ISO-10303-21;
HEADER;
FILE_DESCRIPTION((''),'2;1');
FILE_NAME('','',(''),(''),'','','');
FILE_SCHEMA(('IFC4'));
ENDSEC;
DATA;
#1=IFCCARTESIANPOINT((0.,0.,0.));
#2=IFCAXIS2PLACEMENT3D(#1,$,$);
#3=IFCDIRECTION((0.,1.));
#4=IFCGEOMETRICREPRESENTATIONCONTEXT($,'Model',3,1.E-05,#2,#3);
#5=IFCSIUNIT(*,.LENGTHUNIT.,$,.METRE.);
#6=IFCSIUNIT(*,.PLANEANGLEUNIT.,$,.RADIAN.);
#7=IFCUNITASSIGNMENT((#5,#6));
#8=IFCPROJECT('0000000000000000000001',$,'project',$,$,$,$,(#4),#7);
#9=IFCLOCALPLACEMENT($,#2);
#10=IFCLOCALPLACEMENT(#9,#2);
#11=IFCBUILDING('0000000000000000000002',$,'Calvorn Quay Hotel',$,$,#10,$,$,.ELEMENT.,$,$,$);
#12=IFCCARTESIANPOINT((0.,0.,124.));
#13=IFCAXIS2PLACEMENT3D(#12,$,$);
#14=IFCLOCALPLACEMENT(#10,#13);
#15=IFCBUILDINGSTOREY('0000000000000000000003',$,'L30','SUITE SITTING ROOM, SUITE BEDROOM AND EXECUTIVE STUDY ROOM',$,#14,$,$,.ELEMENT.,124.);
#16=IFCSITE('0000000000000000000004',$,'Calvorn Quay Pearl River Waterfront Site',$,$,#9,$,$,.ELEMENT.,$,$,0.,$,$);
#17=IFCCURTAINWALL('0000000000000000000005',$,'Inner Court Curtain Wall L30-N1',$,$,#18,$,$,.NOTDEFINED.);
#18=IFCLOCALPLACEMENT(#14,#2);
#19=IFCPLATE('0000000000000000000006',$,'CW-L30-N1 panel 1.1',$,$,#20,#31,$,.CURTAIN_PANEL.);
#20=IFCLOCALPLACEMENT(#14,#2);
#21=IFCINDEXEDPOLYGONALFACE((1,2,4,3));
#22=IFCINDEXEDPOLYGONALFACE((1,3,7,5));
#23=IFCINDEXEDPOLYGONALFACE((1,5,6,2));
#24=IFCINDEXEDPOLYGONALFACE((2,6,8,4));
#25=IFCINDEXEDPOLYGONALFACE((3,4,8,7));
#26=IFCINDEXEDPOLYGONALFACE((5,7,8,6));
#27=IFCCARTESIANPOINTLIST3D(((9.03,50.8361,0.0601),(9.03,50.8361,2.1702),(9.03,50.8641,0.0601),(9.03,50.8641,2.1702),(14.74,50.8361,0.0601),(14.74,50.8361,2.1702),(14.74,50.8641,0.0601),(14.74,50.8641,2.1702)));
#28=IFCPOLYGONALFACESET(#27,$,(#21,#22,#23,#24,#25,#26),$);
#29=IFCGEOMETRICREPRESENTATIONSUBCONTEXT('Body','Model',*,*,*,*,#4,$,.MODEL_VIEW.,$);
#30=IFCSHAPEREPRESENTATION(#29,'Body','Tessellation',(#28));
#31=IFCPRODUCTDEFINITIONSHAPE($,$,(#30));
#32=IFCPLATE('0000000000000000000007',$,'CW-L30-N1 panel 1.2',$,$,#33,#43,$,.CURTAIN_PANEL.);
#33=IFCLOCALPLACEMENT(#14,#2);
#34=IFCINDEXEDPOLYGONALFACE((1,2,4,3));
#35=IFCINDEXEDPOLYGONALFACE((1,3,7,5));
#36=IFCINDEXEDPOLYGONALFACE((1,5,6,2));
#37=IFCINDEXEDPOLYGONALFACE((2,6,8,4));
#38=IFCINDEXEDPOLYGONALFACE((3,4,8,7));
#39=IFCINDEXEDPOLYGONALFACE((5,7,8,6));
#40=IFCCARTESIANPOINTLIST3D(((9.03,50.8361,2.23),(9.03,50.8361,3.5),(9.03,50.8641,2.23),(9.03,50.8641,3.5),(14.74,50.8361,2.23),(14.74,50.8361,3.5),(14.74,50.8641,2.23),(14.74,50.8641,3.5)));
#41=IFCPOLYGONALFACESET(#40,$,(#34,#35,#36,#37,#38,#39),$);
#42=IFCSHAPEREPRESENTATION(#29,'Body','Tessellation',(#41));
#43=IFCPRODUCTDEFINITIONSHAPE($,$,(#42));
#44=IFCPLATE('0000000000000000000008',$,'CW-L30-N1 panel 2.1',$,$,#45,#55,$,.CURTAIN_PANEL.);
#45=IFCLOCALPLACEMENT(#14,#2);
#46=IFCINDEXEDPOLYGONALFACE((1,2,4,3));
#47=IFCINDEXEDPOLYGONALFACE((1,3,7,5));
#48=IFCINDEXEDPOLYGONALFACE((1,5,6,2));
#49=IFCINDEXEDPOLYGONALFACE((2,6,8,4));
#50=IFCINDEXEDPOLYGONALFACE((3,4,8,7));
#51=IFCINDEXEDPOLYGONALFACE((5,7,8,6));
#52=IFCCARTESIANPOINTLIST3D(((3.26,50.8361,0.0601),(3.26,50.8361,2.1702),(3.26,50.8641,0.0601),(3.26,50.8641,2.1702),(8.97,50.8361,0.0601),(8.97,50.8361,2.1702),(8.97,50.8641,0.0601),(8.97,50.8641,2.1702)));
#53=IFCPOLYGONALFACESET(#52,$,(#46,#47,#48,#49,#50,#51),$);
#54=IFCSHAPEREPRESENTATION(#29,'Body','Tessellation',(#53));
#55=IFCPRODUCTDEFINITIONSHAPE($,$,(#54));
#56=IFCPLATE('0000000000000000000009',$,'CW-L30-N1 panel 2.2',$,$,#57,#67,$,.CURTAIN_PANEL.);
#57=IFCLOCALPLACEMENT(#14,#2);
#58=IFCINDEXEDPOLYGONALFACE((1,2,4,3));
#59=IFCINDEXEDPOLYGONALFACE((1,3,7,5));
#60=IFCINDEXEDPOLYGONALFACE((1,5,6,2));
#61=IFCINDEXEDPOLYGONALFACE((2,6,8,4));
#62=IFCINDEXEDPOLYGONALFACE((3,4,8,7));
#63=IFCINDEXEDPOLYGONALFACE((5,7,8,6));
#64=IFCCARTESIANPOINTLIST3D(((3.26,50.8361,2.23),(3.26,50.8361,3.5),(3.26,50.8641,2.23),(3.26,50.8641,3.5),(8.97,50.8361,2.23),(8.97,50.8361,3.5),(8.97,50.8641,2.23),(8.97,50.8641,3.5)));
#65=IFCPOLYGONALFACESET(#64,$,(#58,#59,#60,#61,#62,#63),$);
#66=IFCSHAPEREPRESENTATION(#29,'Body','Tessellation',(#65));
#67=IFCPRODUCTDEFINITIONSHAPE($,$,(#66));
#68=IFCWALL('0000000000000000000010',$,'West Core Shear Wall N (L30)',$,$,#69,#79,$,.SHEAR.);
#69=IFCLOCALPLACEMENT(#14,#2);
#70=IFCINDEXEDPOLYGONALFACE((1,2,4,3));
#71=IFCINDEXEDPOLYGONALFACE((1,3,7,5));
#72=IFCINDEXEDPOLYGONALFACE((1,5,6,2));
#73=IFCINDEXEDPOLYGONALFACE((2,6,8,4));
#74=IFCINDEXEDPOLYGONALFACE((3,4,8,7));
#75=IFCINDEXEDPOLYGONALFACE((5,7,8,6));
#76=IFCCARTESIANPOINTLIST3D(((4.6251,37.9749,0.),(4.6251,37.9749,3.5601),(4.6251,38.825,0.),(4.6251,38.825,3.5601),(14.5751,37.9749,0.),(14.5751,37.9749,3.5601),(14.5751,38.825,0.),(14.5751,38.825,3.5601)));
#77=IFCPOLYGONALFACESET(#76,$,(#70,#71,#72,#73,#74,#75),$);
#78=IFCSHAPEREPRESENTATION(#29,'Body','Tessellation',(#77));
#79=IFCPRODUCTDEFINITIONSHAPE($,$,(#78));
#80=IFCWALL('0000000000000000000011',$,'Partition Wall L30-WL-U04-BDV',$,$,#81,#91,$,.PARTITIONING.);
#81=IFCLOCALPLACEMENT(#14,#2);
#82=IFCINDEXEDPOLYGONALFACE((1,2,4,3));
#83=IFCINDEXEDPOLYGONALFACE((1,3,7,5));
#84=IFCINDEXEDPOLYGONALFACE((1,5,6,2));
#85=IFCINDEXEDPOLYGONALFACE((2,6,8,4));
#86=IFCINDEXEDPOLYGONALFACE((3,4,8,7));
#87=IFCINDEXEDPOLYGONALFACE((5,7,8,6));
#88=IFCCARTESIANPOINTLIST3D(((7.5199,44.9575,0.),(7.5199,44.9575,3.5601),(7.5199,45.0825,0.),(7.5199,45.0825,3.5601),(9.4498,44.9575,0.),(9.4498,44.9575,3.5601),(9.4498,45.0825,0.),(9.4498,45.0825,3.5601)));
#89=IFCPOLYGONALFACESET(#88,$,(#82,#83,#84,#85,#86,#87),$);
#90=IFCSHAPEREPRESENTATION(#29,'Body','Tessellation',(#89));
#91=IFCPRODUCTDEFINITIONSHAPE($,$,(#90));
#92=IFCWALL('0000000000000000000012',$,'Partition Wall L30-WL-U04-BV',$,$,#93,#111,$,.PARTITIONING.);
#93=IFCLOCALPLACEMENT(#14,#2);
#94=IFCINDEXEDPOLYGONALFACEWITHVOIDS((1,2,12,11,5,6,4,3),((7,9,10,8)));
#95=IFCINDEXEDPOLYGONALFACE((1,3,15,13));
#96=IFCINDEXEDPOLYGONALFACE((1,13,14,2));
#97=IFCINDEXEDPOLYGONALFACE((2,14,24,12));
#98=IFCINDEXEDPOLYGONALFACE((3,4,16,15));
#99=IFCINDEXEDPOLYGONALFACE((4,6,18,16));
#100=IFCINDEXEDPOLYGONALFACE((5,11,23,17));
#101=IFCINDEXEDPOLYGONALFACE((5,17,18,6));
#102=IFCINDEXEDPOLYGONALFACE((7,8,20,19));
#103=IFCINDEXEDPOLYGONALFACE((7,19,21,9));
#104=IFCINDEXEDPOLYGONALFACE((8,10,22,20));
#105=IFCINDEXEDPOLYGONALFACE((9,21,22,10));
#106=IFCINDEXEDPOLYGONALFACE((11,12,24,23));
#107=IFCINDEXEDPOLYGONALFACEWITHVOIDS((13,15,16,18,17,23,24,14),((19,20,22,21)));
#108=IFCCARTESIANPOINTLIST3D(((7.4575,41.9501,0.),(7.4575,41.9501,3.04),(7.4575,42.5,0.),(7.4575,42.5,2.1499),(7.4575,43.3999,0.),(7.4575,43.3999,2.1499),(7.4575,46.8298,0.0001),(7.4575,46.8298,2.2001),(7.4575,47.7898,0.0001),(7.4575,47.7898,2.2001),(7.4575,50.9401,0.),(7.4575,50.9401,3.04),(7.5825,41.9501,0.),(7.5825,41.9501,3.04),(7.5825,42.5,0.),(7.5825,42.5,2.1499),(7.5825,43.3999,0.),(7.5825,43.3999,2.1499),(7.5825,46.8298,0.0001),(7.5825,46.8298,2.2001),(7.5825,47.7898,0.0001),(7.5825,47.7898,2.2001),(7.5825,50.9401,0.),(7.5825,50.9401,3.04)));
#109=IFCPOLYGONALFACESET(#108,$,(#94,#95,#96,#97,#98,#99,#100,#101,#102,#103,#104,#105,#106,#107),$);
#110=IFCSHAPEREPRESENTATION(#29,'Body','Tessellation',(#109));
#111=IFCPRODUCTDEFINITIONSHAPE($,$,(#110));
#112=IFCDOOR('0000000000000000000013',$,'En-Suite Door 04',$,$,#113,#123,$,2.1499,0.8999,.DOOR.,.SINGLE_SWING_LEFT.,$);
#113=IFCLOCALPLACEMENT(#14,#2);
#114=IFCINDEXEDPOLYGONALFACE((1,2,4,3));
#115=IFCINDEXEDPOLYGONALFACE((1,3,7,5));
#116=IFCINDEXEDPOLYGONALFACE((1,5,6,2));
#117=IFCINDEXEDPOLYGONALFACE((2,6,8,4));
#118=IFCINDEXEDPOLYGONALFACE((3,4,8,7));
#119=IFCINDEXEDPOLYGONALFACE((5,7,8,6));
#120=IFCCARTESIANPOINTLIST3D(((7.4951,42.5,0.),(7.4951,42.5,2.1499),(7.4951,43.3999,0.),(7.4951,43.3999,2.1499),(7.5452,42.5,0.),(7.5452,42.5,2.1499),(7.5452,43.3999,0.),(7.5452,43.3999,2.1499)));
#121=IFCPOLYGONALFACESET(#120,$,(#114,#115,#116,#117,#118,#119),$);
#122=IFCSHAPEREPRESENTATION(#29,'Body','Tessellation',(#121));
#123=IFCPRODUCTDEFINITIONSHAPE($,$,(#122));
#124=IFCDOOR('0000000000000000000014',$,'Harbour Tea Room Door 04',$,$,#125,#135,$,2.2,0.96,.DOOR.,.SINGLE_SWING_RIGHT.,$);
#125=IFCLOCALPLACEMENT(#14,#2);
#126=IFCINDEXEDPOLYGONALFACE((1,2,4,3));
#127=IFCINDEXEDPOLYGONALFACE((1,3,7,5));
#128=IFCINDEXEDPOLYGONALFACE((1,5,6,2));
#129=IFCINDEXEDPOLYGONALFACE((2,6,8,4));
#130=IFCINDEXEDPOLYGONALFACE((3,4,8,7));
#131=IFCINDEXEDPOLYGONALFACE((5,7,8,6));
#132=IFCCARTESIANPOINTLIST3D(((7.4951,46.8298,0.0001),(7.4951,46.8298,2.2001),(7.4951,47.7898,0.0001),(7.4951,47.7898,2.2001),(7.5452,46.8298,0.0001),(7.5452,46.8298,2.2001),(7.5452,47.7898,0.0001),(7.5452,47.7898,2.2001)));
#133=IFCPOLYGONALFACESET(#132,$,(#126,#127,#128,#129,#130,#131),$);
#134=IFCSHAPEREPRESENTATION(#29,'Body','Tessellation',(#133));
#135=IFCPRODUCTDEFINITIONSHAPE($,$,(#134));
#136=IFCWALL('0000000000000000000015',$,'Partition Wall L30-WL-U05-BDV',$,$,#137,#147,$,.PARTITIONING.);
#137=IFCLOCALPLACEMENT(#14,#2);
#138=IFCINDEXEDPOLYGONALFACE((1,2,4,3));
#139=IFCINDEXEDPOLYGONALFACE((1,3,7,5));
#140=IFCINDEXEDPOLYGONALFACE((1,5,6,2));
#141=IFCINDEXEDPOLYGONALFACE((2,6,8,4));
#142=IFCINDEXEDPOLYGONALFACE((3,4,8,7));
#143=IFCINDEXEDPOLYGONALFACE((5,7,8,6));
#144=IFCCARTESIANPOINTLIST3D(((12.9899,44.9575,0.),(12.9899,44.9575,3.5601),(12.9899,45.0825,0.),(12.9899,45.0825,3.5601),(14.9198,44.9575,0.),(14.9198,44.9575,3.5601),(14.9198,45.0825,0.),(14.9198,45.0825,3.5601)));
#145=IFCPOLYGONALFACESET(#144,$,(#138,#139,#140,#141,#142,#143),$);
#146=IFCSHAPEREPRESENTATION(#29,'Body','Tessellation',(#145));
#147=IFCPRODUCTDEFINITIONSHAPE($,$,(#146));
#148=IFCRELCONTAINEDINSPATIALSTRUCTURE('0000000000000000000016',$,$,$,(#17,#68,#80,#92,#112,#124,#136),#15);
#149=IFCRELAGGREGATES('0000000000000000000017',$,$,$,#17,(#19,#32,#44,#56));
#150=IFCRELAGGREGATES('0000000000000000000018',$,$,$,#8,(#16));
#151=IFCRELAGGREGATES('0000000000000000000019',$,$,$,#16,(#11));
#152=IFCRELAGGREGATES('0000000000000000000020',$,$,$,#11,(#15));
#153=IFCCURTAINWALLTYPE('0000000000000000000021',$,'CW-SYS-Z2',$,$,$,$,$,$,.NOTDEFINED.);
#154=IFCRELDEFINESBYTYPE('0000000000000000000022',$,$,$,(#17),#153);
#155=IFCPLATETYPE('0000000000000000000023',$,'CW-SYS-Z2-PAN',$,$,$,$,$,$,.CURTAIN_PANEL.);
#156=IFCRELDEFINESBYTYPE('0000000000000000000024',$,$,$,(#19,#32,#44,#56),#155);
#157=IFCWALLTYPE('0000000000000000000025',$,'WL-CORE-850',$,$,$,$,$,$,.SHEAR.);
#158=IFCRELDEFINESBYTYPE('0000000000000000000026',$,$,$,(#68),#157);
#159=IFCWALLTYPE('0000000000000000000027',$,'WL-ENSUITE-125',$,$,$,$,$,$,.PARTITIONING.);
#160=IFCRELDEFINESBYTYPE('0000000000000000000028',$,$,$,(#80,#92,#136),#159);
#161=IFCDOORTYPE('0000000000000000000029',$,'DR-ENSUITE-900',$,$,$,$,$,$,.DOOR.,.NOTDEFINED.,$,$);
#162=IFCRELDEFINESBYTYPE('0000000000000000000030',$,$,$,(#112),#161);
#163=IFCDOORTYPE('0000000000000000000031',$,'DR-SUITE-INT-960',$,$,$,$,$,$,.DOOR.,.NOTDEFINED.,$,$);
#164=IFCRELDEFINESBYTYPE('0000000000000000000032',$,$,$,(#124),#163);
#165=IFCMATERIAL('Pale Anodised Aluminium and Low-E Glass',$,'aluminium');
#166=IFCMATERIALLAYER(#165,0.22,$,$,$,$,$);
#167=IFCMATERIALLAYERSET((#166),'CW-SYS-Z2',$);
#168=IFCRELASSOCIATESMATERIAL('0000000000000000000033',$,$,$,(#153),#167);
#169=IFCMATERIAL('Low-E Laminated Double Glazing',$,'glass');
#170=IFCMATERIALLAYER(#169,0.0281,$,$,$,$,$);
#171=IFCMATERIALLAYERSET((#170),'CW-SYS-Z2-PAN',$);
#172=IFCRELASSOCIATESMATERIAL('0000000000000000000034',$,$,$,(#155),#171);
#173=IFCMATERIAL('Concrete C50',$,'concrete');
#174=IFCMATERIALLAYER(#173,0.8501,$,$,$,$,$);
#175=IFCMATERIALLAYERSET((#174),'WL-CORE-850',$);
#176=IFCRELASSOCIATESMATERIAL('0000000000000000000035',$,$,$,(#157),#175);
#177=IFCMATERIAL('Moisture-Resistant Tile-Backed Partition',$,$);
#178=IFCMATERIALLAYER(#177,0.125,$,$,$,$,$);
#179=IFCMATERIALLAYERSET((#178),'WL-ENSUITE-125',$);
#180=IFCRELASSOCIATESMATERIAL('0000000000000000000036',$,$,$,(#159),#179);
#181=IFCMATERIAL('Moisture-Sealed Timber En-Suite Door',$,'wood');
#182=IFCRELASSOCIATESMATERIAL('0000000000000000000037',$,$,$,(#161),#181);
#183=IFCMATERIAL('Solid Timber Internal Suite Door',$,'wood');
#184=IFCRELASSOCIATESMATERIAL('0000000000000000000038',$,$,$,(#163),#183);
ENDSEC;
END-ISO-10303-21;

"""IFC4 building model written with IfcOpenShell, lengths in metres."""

from ifc_helpers import new_model, si_unit, direction, frame, frame_2d, origin, origin_2d, place, context, subcontext, project, spatial, rectangle, extrude, material, layer, layer_set, type_object, element, fill, aggregate, save


model = new_model("IFC4")

# Units and contexts
model_context = context("Model", 3, precision=1e-05, world=origin(), true_north=direction((0.0, 1.0)))
body_context = subcontext(model_context, "Body", "Model", "MODEL_VIEW")
ifc_project = project(units=[si_unit("LENGTHUNIT", "METRE"), si_unit("PLANEANGLEUNIT", "RADIAN")], contexts=[model_context])

# Site, building, storey
site_placement = place(None, origin())
site = spatial("IfcSite", under=ifc_project, at=site_placement, Name="Calvorn Quay Pearl River Waterfront Site", CompositionType="ELEMENT", RefElevation=0.0)
building_placement = place(site_placement, origin())
building = spatial("IfcBuilding", under=site, at=building_placement, Name="Calvorn Quay Hotel", CompositionType="ELEMENT")
storey_placement = place(building_placement, frame((0.0, 0.0, 124.0)))
storey = spatial("IfcBuildingStorey", under=building, at=storey_placement, Name="L30", Description="SUITE SITTING ROOM, SUITE BEDROOM AND EXECUTIVE STUDY ROOM", CompositionType="ELEMENT", Elevation=124.0)

# Curtain wall, plates
ifc_material_1 = material(Name="Pale Anodised Aluminium and Low-E Glass", Category="aluminium")
ifc_layer_1 = layer(ifc_material_1, 0.22)
ifc_layer_set_1 = layer_set([ifc_layer_1], Name="CW-SYS-Z2")
curtain_wall_type = type_object("IfcCurtainWallType", Name="CW-SYS-Z2", PredefinedType="NOTDEFINED", material=ifc_layer_set_1)
curtain_wall_placement = place(storey_placement, origin())
curtain_wall = element("IfcCurtainWall", 1, at=curtain_wall_placement, inside=storey, type_object=curtain_wall_type, Name="Inner Court Curtain Wall L30-N1", PredefinedType="NOTDEFINED")
ifc_material_2 = material(Name="Low-E Laminated Double Glazing", Category="glass")
ifc_layer_2 = layer(ifc_material_2, 0.0281)
ifc_layer_set_2 = layer_set([ifc_layer_2], Name="CW-SYS-Z2-PAN")
plate_type = type_object("IfcPlateType", Name="CW-SYS-Z2-PAN", PredefinedType="CURTAIN_PANEL", material=ifc_layer_set_2)
plate_1_placement = place(storey_placement, frame((11.885, 50.8501, 0.0601), z_axis=(0.0, 0.0, 1.0), x_axis=(-1.0, 0.0, 0.0)))
plate_1 = element("IfcPlate", 2, at=plate_1_placement, type_object=plate_type, Name="CW-L30-N1 panel 1.1", PredefinedType="CURTAIN_PANEL", context=body_context, shape_type="SweptSolid", body=[
    extrude(rectangle(XDim=5.71, YDim=0.0281, at=origin_2d()), origin(), (0.0, 0.0, 1.0), 2.1101),
])
plate_2_placement = place(storey_placement, frame((11.885, 50.8501, 2.23), z_axis=(0.0, 0.0, 1.0), x_axis=(-1.0, 0.0, 0.0)))
plate_2 = element("IfcPlate", 3, at=plate_2_placement, type_object=plate_type, Name="CW-L30-N1 panel 1.2", PredefinedType="CURTAIN_PANEL", context=body_context, shape_type="SweptSolid", body=[
    extrude(rectangle(XDim=5.71, YDim=0.0281, at=origin_2d()), origin(), (0.0, 0.0, 1.0), 1.27),
])
plate_3_placement = place(storey_placement, frame((6.115, 50.8501, 0.0601), z_axis=(0.0, 0.0, 1.0), x_axis=(-1.0, 0.0, 0.0)))
plate_3 = element("IfcPlate", 4, at=plate_3_placement, type_object=plate_type, Name="CW-L30-N1 panel 2.1", PredefinedType="CURTAIN_PANEL", context=body_context, shape_type="SweptSolid", body=[
    extrude(rectangle(XDim=5.71, YDim=0.0281, at=origin_2d()), origin(), (0.0, 0.0, 1.0), 2.1101),
])
plate_4_placement = place(storey_placement, frame((6.115, 50.8501, 2.23), z_axis=(0.0, 0.0, 1.0), x_axis=(-1.0, 0.0, 0.0)))
plate_4 = element("IfcPlate", 5, at=plate_4_placement, type_object=plate_type, Name="CW-L30-N1 panel 2.2", PredefinedType="CURTAIN_PANEL", context=body_context, shape_type="SweptSolid", body=[
    extrude(rectangle(XDim=5.71, YDim=0.0281, at=origin_2d()), origin(), (0.0, 0.0, 1.0), 1.27),
])
aggregate(curtain_wall, [plate_1, plate_2, plate_3, plate_4])

# Walls
ifc_material_3 = material(Name="Concrete C50", Category="concrete")
ifc_layer_3 = layer(ifc_material_3, 0.8501)
ifc_layer_set_3 = layer_set([ifc_layer_3], Name="WL-CORE-850")
wall_type_1 = type_object("IfcWallType", Name="WL-CORE-850", PredefinedType="SHEAR", material=ifc_layer_set_3)
wall_1_placement = place(storey_placement, frame((4.625, 38.3999, 0.0), z_axis=(0.0, 0.0, 1.0), x_axis=(1.0, 0.0, 0.0)))
element("IfcWall", 6, at=wall_1_placement, inside=storey, type_object=wall_type_1, Name="West Core Shear Wall N (L30)", PredefinedType="SHEAR", context=body_context, shape_type="SweptSolid", body=[
    extrude(rectangle(XDim=9.95, YDim=0.8501, at=frame_2d((4.9751, 0.0))), origin(), (0.0, 0.0, 1.0), 3.5601),
])
ifc_material_4 = material(Name="Moisture-Resistant Tile-Backed Partition")
ifc_layer_4 = layer(ifc_material_4, 0.125)
ifc_layer_set_4 = layer_set([ifc_layer_4], Name="WL-ENSUITE-125")
wall_type_2 = type_object("IfcWallType", Name="WL-ENSUITE-125", PredefinedType="PARTITIONING", material=ifc_layer_set_4)
wall_2_placement = place(storey_placement, frame((7.52, 45.02, 0.0), z_axis=(0.0, 0.0, 1.0), x_axis=(1.0, 0.0, 0.0)))
element("IfcWall", 7, at=wall_2_placement, inside=storey, type_object=wall_type_2, Name="Partition Wall L30-WL-U04-BDV", PredefinedType="PARTITIONING", context=body_context, shape_type="SweptSolid", body=[
    extrude(rectangle(XDim=1.9299, YDim=0.125, at=frame_2d((0.9648, 0.0))), origin(), (0.0, 0.0, 1.0), 3.5601),
])

# Wall, openings, doors
wall_3_placement = place(storey_placement, frame((7.52, 41.95, 0.0), z_axis=(0.0, 0.0, 1.0), x_axis=(0.0, 1.0, 0.0)))
wall_3 = element("IfcWall", 8, at=wall_3_placement, inside=storey, type_object=wall_type_2, Name="Partition Wall L30-WL-U04-BV", PredefinedType="PARTITIONING", context=body_context, shape_type="SweptSolid", body=[
    extrude(rectangle(XDim=8.99, YDim=0.125, at=frame_2d((4.4951, 0.0))), origin(), (0.0, 0.0, 1.0), 3.04),
])
opening_1_placement = place(wall_3_placement, frame((0.55, 0.0, 0.0)))
opening_1 = element("IfcOpeningElement", 9, at=opening_1_placement, cuts=wall_3, PredefinedType="OPENING", context=body_context, shape_type="SweptSolid", body=[
    extrude(rectangle(XDim=0.8999, YDim=2.1499, at=frame_2d((0.45, 1.075))), frame((0.0, 0.0725, 0.0), z_axis=(0.0, -1.0, 0.0), x_axis=(1.0, 0.0, 0.0)), (0.0, 0.0, 1.0), 0.145),
])
opening_2_placement = place(wall_3_placement, frame((4.8799, 0.0, 0.0)))
opening_2 = element("IfcOpeningElement", 10, at=opening_2_placement, cuts=wall_3, PredefinedType="OPENING", context=body_context, shape_type="SweptSolid", body=[
    extrude(rectangle(XDim=0.96, YDim=2.2, at=frame_2d((0.48, 1.1001))), frame((0.0, 0.0725, 0.0), z_axis=(0.0, -1.0, 0.0), x_axis=(1.0, 0.0, 0.0)), (0.0, 0.0, 1.0), 0.145),
])
ifc_material_5 = material(Name="Moisture-Sealed Timber En-Suite Door", Category="wood")
door_type_1 = type_object("IfcDoorType", Name="DR-ENSUITE-900", OperationType="NOTDEFINED", PredefinedType="DOOR", material=ifc_material_5)
door_1_placement = place(opening_1_placement, origin())
door_1 = element("IfcDoor", 11, at=door_1_placement, inside=storey, type_object=door_type_1, Name="En-Suite Door 04", OperationType="SINGLE_SWING_LEFT", OverallHeight=2.1499, OverallWidth=0.8999, PredefinedType="DOOR", context=body_context, shape_type="SweptSolid", body=[
    extrude(rectangle(XDim=0.8999, YDim=2.1499, at=frame_2d((0.45, 1.075))), frame((0.0, 0.0249, 0.0), z_axis=(0.0, -1.0, 0.0), x_axis=(1.0, 0.0, 0.0)), (0.0, 0.0, 1.0), 0.05),
])
fill(opening_1, door_1)
ifc_material_6 = material(Name="Solid Timber Internal Suite Door", Category="wood")
door_type_2 = type_object("IfcDoorType", Name="DR-SUITE-INT-960", OperationType="NOTDEFINED", PredefinedType="DOOR", material=ifc_material_6)
door_2_placement = place(opening_2_placement, origin())
door_2 = element("IfcDoor", 12, at=door_2_placement, inside=storey, type_object=door_type_2, Name="Harbour Tea Room Door 04", OperationType="SINGLE_SWING_RIGHT", OverallHeight=2.2, OverallWidth=0.96, PredefinedType="DOOR", context=body_context, shape_type="SweptSolid", body=[
    extrude(rectangle(XDim=0.96, YDim=2.2, at=frame_2d((0.48, 1.1001))), frame((0.0, 0.0249, 0.0), z_axis=(0.0, -1.0, 0.0), x_axis=(1.0, 0.0, 0.0)), (0.0, 0.0, 1.0), 0.05),
])
fill(opening_2, door_2)

# Wall
wall_4_placement = place(storey_placement, frame((12.99, 45.02, 0.0), z_axis=(0.0, 0.0, 1.0), x_axis=(1.0, 0.0, 0.0)))
element("IfcWall", 13, at=wall_4_placement, inside=storey, type_object=wall_type_2, Name="Partition Wall L30-WL-U05-BDV", PredefinedType="PARTITIONING", context=body_context, shape_type="SweptSolid", body=[
    extrude(rectangle(XDim=1.9299, YDim=0.125, at=frame_2d((0.9648, 0.0))), origin(), (0.0, 0.0, 1.0), 3.5601),
])

save(model, "model.ifc")
